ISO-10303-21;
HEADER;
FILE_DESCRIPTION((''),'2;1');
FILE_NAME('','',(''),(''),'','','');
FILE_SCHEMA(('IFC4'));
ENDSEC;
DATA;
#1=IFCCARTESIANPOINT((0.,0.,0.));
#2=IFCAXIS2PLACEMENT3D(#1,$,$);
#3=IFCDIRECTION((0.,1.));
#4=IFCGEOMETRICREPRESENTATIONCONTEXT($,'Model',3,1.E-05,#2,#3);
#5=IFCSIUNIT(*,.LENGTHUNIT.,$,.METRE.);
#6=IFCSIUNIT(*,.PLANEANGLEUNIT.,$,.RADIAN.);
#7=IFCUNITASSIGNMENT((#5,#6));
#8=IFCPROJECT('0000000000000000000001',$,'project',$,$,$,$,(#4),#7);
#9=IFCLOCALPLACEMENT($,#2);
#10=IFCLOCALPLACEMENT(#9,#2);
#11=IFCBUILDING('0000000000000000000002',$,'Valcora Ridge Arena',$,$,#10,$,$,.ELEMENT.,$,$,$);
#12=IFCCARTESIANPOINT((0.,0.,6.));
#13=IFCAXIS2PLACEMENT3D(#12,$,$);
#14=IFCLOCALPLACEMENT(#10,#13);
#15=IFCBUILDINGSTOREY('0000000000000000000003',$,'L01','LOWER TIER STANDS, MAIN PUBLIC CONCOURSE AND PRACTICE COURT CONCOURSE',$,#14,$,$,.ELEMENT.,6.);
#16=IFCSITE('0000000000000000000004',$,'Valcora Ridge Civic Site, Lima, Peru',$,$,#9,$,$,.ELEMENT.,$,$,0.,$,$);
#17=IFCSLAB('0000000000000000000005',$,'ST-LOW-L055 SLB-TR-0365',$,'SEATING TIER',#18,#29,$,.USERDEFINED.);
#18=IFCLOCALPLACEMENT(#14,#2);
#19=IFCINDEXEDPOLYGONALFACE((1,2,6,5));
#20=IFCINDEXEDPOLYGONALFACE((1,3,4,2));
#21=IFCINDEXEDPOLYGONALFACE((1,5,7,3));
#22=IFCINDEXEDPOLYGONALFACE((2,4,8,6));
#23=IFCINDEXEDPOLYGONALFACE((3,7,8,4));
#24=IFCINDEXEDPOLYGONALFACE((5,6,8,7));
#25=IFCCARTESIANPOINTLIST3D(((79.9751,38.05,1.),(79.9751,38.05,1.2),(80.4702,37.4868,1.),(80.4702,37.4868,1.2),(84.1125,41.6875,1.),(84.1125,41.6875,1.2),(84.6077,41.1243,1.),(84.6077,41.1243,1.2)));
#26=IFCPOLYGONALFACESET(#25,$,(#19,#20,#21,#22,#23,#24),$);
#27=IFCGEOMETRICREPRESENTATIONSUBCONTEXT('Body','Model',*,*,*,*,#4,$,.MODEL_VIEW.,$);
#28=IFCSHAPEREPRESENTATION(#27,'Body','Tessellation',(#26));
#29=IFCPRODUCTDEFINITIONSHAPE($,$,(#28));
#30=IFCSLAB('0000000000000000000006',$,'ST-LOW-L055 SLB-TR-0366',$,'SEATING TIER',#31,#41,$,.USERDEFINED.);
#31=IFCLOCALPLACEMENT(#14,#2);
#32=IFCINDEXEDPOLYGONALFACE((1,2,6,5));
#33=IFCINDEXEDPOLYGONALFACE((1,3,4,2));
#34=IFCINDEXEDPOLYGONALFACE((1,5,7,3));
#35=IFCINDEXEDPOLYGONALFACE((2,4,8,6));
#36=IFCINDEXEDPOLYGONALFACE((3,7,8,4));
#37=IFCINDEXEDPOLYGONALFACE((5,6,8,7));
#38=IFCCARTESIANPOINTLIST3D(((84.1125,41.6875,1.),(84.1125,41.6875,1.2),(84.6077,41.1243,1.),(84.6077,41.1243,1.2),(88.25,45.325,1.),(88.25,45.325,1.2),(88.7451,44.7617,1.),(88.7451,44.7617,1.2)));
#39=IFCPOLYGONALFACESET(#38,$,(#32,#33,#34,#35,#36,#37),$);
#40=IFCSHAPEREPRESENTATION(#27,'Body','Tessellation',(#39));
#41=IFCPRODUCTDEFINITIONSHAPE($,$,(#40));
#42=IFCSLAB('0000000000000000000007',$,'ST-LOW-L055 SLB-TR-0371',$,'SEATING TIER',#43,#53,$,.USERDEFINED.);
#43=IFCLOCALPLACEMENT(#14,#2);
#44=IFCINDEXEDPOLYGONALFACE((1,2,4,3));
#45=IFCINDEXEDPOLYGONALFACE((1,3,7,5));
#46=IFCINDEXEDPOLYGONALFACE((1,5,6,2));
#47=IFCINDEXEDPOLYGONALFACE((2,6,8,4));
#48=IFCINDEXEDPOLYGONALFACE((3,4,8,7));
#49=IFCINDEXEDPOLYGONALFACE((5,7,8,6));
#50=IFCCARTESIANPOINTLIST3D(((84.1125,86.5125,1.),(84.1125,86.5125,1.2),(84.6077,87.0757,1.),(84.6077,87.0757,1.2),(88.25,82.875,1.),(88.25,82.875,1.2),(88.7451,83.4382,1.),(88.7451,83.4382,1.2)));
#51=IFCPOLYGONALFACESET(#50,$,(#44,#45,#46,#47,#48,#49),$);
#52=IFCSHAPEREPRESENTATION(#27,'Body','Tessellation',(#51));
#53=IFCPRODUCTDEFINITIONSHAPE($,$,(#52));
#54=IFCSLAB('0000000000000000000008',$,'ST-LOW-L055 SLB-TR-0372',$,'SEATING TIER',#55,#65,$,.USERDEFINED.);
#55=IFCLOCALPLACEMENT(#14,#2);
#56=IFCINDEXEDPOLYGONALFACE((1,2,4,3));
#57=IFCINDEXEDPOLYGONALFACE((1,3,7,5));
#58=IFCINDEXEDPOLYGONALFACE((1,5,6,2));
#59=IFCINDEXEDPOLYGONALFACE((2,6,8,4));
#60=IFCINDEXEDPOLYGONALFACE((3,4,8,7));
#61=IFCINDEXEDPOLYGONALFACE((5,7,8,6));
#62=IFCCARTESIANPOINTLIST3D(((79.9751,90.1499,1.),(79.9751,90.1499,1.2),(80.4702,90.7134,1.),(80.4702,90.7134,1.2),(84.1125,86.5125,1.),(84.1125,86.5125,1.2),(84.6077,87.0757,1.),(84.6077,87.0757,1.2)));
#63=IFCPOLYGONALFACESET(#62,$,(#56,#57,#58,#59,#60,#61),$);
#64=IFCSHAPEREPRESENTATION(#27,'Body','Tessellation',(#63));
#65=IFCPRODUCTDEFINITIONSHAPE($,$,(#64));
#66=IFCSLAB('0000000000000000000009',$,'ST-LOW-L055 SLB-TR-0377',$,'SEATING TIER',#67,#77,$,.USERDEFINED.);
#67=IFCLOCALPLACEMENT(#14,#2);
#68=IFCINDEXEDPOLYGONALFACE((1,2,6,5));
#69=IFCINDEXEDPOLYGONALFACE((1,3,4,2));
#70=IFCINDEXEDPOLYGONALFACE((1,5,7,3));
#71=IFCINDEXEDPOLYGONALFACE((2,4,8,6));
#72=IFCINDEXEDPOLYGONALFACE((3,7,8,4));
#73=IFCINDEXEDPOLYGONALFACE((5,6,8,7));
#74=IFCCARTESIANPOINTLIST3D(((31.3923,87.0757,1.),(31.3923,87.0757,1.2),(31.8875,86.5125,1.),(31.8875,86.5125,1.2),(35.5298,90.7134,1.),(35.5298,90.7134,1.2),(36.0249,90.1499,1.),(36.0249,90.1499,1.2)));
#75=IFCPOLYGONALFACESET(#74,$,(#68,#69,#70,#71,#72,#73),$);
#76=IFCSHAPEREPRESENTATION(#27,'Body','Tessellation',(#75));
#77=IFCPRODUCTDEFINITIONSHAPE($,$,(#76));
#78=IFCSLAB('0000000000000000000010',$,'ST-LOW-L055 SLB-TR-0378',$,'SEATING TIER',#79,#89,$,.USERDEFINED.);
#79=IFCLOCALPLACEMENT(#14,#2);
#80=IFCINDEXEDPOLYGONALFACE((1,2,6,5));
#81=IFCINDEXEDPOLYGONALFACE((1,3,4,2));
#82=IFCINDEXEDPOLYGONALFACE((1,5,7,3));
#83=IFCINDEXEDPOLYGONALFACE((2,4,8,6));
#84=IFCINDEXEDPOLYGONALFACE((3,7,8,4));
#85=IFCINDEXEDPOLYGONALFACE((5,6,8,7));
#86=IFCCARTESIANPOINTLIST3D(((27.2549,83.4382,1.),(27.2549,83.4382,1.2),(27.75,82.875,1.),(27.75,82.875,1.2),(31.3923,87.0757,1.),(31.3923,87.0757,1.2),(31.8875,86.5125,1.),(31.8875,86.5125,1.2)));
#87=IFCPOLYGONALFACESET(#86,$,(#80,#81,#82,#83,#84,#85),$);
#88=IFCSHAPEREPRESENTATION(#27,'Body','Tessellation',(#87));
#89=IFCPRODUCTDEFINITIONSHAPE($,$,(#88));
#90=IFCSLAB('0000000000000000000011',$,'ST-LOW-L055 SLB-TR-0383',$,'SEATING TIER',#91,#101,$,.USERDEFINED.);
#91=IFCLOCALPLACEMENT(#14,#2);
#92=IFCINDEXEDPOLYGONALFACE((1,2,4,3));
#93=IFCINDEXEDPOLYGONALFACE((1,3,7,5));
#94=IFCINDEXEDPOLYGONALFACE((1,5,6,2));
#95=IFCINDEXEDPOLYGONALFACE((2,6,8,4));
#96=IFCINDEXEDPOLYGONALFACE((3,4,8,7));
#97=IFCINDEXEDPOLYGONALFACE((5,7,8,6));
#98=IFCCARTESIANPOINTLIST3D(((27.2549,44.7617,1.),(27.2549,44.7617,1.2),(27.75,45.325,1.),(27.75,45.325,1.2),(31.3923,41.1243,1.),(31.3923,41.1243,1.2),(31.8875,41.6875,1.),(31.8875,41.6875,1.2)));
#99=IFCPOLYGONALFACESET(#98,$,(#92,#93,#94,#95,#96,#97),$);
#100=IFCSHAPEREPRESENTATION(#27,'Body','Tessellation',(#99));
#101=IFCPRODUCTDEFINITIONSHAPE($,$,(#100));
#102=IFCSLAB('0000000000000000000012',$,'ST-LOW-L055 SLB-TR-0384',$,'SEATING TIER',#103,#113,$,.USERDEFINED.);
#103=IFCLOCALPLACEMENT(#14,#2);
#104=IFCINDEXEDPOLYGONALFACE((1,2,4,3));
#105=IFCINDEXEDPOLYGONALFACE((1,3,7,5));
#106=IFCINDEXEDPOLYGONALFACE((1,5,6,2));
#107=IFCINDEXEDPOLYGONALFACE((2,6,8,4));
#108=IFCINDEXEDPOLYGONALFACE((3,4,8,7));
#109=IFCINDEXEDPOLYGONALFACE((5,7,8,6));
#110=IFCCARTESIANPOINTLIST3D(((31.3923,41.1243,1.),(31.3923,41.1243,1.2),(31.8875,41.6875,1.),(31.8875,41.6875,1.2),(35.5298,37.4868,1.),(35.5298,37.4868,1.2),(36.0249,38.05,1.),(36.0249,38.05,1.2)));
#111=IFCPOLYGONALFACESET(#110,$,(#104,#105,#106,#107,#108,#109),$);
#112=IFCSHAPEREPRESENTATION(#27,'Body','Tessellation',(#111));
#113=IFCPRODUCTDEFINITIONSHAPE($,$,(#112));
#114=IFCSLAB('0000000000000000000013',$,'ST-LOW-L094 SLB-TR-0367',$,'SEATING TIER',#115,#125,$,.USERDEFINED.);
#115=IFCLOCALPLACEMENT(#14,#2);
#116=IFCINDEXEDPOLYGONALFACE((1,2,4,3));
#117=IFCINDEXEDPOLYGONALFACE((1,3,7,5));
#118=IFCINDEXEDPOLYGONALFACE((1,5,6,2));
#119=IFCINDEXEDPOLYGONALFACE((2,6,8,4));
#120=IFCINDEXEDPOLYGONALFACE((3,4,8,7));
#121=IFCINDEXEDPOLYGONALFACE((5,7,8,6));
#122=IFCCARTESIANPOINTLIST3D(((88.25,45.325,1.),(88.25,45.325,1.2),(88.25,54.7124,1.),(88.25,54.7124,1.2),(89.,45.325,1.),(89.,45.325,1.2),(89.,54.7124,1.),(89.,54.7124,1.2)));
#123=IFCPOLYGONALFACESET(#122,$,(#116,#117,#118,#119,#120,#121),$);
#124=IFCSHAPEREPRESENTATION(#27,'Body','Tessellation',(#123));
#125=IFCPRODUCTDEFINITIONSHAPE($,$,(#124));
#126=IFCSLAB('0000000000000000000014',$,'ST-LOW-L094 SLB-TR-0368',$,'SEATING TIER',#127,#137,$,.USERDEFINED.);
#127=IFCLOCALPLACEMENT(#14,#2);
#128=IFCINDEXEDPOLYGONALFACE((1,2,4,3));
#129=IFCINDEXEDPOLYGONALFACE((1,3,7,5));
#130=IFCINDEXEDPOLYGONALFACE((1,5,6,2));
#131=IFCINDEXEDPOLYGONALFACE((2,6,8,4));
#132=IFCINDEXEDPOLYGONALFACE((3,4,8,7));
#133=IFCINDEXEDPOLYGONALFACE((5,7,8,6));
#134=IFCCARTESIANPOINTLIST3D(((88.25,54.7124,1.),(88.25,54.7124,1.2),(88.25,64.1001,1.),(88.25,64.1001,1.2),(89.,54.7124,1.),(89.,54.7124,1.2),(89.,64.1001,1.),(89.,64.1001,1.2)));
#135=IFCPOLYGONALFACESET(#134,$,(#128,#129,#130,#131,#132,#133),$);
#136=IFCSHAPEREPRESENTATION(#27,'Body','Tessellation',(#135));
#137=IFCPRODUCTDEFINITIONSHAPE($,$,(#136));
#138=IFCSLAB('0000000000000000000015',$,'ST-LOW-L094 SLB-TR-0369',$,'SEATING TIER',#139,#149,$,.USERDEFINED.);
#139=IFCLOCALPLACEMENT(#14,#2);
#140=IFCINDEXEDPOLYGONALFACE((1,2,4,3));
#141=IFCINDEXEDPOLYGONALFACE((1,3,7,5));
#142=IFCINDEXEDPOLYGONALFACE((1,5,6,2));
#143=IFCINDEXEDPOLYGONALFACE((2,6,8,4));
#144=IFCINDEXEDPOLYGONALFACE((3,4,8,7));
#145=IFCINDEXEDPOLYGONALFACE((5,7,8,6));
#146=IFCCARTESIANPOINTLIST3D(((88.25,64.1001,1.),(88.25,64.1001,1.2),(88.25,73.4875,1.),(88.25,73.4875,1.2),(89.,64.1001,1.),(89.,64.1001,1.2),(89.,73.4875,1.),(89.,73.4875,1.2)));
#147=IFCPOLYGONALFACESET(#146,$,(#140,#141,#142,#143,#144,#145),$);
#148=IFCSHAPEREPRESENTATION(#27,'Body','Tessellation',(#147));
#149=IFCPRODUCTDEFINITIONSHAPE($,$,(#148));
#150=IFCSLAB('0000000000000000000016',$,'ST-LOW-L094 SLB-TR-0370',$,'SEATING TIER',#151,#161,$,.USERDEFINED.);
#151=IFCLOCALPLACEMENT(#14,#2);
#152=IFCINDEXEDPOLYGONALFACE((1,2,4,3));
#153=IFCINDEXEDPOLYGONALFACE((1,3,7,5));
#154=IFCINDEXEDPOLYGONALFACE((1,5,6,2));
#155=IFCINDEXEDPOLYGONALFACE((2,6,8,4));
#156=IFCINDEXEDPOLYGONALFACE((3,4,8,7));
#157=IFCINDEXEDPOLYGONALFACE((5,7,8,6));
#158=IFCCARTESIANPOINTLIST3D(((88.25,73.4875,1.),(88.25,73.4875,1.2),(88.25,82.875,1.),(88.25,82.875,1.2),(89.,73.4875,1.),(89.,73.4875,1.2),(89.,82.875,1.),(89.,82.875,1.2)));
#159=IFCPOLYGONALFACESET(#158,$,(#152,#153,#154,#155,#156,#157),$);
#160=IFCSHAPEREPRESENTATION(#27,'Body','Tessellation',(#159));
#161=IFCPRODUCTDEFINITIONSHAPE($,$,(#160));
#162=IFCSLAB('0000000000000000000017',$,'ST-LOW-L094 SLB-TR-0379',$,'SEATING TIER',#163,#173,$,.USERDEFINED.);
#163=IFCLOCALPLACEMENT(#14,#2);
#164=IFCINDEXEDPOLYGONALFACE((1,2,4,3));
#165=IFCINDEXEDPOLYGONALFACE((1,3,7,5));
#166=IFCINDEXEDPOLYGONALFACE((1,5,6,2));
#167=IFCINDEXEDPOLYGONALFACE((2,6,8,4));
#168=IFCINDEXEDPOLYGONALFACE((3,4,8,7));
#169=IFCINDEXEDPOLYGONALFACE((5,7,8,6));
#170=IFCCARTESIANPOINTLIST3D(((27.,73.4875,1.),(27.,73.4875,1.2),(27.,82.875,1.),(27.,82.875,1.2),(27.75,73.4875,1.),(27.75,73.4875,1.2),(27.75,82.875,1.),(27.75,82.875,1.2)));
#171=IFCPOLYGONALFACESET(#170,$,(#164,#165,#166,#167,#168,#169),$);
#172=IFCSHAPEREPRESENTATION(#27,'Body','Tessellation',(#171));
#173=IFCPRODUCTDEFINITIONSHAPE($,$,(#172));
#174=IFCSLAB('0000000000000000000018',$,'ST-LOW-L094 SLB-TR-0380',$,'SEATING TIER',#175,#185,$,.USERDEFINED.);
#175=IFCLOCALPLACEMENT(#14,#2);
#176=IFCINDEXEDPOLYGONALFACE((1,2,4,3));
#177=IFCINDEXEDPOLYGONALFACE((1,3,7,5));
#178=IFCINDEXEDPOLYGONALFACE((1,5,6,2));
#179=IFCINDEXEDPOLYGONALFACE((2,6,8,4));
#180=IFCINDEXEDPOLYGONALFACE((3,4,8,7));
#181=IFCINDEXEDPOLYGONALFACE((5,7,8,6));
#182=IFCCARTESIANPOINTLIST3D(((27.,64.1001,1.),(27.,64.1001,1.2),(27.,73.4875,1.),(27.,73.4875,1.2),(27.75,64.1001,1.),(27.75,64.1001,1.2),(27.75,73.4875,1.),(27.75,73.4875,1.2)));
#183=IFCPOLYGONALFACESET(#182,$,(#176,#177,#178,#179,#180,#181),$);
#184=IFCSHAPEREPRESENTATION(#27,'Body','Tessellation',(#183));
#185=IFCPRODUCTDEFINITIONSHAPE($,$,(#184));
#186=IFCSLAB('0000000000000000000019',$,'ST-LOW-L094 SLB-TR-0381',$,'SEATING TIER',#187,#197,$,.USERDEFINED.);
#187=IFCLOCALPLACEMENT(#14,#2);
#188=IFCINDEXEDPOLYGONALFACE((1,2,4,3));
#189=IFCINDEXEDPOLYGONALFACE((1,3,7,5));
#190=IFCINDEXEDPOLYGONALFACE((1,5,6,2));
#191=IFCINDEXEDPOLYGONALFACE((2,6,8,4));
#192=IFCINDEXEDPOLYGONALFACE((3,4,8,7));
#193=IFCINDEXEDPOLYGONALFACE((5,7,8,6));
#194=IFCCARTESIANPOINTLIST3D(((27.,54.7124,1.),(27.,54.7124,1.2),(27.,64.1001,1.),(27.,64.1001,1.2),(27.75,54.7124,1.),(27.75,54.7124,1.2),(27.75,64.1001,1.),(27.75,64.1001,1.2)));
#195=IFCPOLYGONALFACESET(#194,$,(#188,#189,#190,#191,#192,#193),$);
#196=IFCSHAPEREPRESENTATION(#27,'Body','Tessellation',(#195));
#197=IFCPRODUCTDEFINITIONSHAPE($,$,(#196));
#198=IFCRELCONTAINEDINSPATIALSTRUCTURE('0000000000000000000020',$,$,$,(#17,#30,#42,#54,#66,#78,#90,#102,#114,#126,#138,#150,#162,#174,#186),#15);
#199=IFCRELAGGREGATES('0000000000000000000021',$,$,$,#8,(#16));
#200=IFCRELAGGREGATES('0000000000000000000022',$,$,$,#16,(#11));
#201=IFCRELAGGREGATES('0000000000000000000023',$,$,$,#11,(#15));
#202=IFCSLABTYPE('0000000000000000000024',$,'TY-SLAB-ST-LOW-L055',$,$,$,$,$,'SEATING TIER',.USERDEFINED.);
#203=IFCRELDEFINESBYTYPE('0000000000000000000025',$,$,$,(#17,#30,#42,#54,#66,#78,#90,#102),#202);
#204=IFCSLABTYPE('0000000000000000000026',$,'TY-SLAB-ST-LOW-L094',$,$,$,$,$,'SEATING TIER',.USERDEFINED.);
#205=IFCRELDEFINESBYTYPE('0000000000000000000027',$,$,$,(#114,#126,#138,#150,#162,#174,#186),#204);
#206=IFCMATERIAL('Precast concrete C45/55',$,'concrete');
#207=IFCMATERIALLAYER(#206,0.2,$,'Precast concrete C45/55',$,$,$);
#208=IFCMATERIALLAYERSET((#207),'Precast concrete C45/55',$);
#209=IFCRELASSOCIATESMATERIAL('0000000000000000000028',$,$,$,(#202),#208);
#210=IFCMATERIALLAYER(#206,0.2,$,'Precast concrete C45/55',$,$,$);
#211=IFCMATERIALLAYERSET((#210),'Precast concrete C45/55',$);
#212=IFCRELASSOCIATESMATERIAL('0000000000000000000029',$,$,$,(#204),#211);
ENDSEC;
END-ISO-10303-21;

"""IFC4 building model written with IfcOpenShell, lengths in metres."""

from ifc_helpers import new_model, si_unit, direction, frame, origin, place, context, subcontext, project, spatial, polyline, outline, extrude, material, layer, layer_set, type_object, element, save


model = new_model("IFC4")

# Units and contexts
model_context = context("Model", 3, precision=1e-05, world=origin(), true_north=direction((0.0, 1.0)))
body_context = subcontext(model_context, "Body", "Model", "MODEL_VIEW")
ifc_project = project(units=[si_unit("LENGTHUNIT", "METRE"), si_unit("PLANEANGLEUNIT", "RADIAN")], contexts=[model_context])

# Site, building, storey
site_placement = place(None, origin())
site = spatial("IfcSite", under=ifc_project, at=site_placement, Name="Valcora Ridge Civic Site, Lima, Peru", CompositionType="ELEMENT", RefElevation=0.0)
building_placement = place(site_placement, origin())
building = spatial("IfcBuilding", under=site, at=building_placement, Name="Valcora Ridge Arena", CompositionType="ELEMENT")
storey_placement = place(building_placement, frame((0.0, 0.0, 6.0)))
storey = spatial("IfcBuildingStorey", under=building, at=storey_placement, Name="L01", Description="LOWER TIER STANDS, MAIN PUBLIC CONCOURSE AND PRACTICE COURT CONCOURSE", CompositionType="ELEMENT", Elevation=6.0)

# Slabs
ifc_material = material(Name="Precast concrete C45/55", Category="concrete")
ifc_layer_1 = layer(ifc_material, 0.2, Name="Precast concrete C45/55")
ifc_layer_set_1 = layer_set([ifc_layer_1], Name="Precast concrete C45/55")
slab_type_1 = type_object("IfcSlabType", Name="TY-SLAB-ST-LOW-L055", ElementType="SEATING TIER", PredefinedType="USERDEFINED", material=ifc_layer_set_1)
slab_1_placement = place(storey_placement, frame((0.0, 0.0, 1.0)))
element("IfcSlab", 1, at=slab_1_placement, inside=storey, type_object=slab_type_1, Name="ST-LOW-L055 SLB-TR-0365", ObjectType="SEATING TIER", PredefinedType="USERDEFINED", context=body_context, shape_type="SweptSolid", body=[
    extrude(outline(polyline([(79.9751, 38.05), (84.1125, 41.6875), (84.6077, 41.1243), (80.4702, 37.4868), (79.9751, 38.05)])), origin(), (0.0, 0.0, 1.0), 0.2),
])
slab_2_placement = place(storey_placement, frame((0.0, 0.0, 1.0)))
element("IfcSlab", 2, at=slab_2_placement, inside=storey, type_object=slab_type_1, Name="ST-LOW-L055 SLB-TR-0366", ObjectType="SEATING TIER", PredefinedType="USERDEFINED", context=body_context, shape_type="SweptSolid", body=[
    extrude(outline(polyline([(84.1125, 41.6875), (88.25, 45.325), (88.7451, 44.7617), (84.6077, 41.1243), (84.1125, 41.6875)])), origin(), (0.0, 0.0, 1.0), 0.2),
])
slab_3_placement = place(storey_placement, frame((0.0, 0.0, 1.0)))
element("IfcSlab", 3, at=slab_3_placement, inside=storey, type_object=slab_type_1, Name="ST-LOW-L055 SLB-TR-0371", ObjectType="SEATING TIER", PredefinedType="USERDEFINED", context=body_context, shape_type="SweptSolid", body=[
    extrude(outline(polyline([(88.25, 82.875), (84.1125, 86.5125), (84.6077, 87.0757), (88.7451, 83.4382), (88.25, 82.875)])), origin(), (0.0, 0.0, 1.0), 0.2),
])
slab_4_placement = place(storey_placement, frame((0.0, 0.0, 1.0)))
element("IfcSlab", 4, at=slab_4_placement, inside=storey, type_object=slab_type_1, Name="ST-LOW-L055 SLB-TR-0372", ObjectType="SEATING TIER", PredefinedType="USERDEFINED", context=body_context, shape_type="SweptSolid", body=[
    extrude(outline(polyline([(84.1125, 86.5125), (79.9751, 90.1499), (80.4702, 90.7134), (84.6077, 87.0757), (84.1125, 86.5125)])), origin(), (0.0, 0.0, 1.0), 0.2),
])
slab_5_placement = place(storey_placement, frame((0.0, 0.0, 1.0)))
element("IfcSlab", 5, at=slab_5_placement, inside=storey, type_object=slab_type_1, Name="ST-LOW-L055 SLB-TR-0377", ObjectType="SEATING TIER", PredefinedType="USERDEFINED", context=body_context, shape_type="SweptSolid", body=[
    extrude(outline(polyline([(36.0249, 90.1499), (31.8875, 86.5125), (31.3923, 87.0757), (35.5298, 90.7134), (36.0249, 90.1499)])), origin(), (0.0, 0.0, 1.0), 0.2),
])
slab_6_placement = place(storey_placement, frame((0.0, 0.0, 1.0)))
element("IfcSlab", 6, at=slab_6_placement, inside=storey, type_object=slab_type_1, Name="ST-LOW-L055 SLB-TR-0378", ObjectType="SEATING TIER", PredefinedType="USERDEFINED", context=body_context, shape_type="SweptSolid", body=[
    extrude(outline(polyline([(31.8875, 86.5125), (27.75, 82.875), (27.2549, 83.4382), (31.3923, 87.0757), (31.8875, 86.5125)])), origin(), (0.0, 0.0, 1.0), 0.2),
])
slab_7_placement = place(storey_placement, frame((0.0, 0.0, 1.0)))
element("IfcSlab", 7, at=slab_7_placement, inside=storey, type_object=slab_type_1, Name="ST-LOW-L055 SLB-TR-0383", ObjectType="SEATING TIER", PredefinedType="USERDEFINED", context=body_context, shape_type="SweptSolid", body=[
    extrude(outline(polyline([(27.75, 45.325), (31.8875, 41.6875), (31.3923, 41.1243), (27.2549, 44.7617), (27.75, 45.325)])), origin(), (0.0, 0.0, 1.0), 0.2),
])
slab_8_placement = place(storey_placement, frame((0.0, 0.0, 1.0)))
element("IfcSlab", 8, at=slab_8_placement, inside=storey, type_object=slab_type_1, Name="ST-LOW-L055 SLB-TR-0384", ObjectType="SEATING TIER", PredefinedType="USERDEFINED", context=body_context, shape_type="SweptSolid", body=[
    extrude(outline(polyline([(31.8875, 41.6875), (36.0249, 38.05), (35.5298, 37.4868), (31.3923, 41.1243), (31.8875, 41.6875)])), origin(), (0.0, 0.0, 1.0), 0.2),
])
ifc_layer_2 = layer(ifc_material, 0.2, Name="Precast concrete C45/55")
ifc_layer_set_2 = layer_set([ifc_layer_2], Name="Precast concrete C45/55")
slab_type_2 = type_object("IfcSlabType", Name="TY-SLAB-ST-LOW-L094", ElementType="SEATING TIER", PredefinedType="USERDEFINED", material=ifc_layer_set_2)
slab_9_placement = place(storey_placement, frame((0.0, 0.0, 1.0)))
element("IfcSlab", 9, at=slab_9_placement, inside=storey, type_object=slab_type_2, Name="ST-LOW-L094 SLB-TR-0367", ObjectType="SEATING TIER", PredefinedType="USERDEFINED", context=body_context, shape_type="SweptSolid", body=[
    extrude(outline(polyline([(88.25, 45.325), (88.25, 54.7124), (89.0, 54.7124), (89.0, 45.325), (88.25, 45.325)])), origin(), (0.0, 0.0, 1.0), 0.2),
])
slab_10_placement = place(storey_placement, frame((0.0, 0.0, 1.0)))
element("IfcSlab", 10, at=slab_10_placement, inside=storey, type_object=slab_type_2, Name="ST-LOW-L094 SLB-TR-0368", ObjectType="SEATING TIER", PredefinedType="USERDEFINED", context=body_context, shape_type="SweptSolid", body=[
    extrude(outline(polyline([(88.25, 54.7124), (88.25, 64.1001), (89.0, 64.1001), (89.0, 54.7124), (88.25, 54.7124)])), origin(), (0.0, 0.0, 1.0), 0.2),
])
slab_11_placement = place(storey_placement, frame((0.0, 0.0, 1.0)))
element("IfcSlab", 11, at=slab_11_placement, inside=storey, type_object=slab_type_2, Name="ST-LOW-L094 SLB-TR-0369", ObjectType="SEATING TIER", PredefinedType="USERDEFINED", context=body_context, shape_type="SweptSolid", body=[
    extrude(outline(polyline([(88.25, 64.1001), (88.25, 73.4875), (89.0, 73.4875), (89.0, 64.1001), (88.25, 64.1001)])), origin(), (0.0, 0.0, 1.0), 0.2),
])
slab_12_placement = place(storey_placement, frame((0.0, 0.0, 1.0)))
element("IfcSlab", 12, at=slab_12_placement, inside=storey, type_object=slab_type_2, Name="ST-LOW-L094 SLB-TR-0370", ObjectType="SEATING TIER", PredefinedType="USERDEFINED", context=body_context, shape_type="SweptSolid", body=[
    extrude(outline(polyline([(88.25, 73.4875), (88.25, 82.875), (89.0, 82.875), (89.0, 73.4875), (88.25, 73.4875)])), origin(), (0.0, 0.0, 1.0), 0.2),
])
slab_13_placement = place(storey_placement, frame((0.0, 0.0, 1.0)))
element("IfcSlab", 13, at=slab_13_placement, inside=storey, type_object=slab_type_2, Name="ST-LOW-L094 SLB-TR-0379", ObjectType="SEATING TIER", PredefinedType="USERDEFINED", context=body_context, shape_type="SweptSolid", body=[
    extrude(outline(polyline([(27.75, 82.875), (27.75, 73.4875), (27.0, 73.4875), (27.0, 82.875), (27.75, 82.875)])), origin(), (0.0, 0.0, 1.0), 0.2),
])
slab_14_placement = place(storey_placement, frame((0.0, 0.0, 1.0)))
element("IfcSlab", 14, at=slab_14_placement, inside=storey, type_object=slab_type_2, Name="ST-LOW-L094 SLB-TR-0380", ObjectType="SEATING TIER", PredefinedType="USERDEFINED", context=body_context, shape_type="SweptSolid", body=[
    extrude(outline(polyline([(27.75, 73.4875), (27.75, 64.1001), (27.0, 64.1001), (27.0, 73.4875), (27.75, 73.4875)])), origin(), (0.0, 0.0, 1.0), 0.2),
])
slab_15_placement = place(storey_placement, frame((0.0, 0.0, 1.0)))
element("IfcSlab", 15, at=slab_15_placement, inside=storey, type_object=slab_type_2, Name="ST-LOW-L094 SLB-TR-0381", ObjectType="SEATING TIER", PredefinedType="USERDEFINED", context=body_context, shape_type="SweptSolid", body=[
    extrude(outline(polyline([(27.75, 64.1001), (27.75, 54.7124), (27.0, 54.7124), (27.0, 64.1001), (27.75, 64.1001)])), origin(), (0.0, 0.0, 1.0), 0.2),
])

save(model, "model.ifc")
